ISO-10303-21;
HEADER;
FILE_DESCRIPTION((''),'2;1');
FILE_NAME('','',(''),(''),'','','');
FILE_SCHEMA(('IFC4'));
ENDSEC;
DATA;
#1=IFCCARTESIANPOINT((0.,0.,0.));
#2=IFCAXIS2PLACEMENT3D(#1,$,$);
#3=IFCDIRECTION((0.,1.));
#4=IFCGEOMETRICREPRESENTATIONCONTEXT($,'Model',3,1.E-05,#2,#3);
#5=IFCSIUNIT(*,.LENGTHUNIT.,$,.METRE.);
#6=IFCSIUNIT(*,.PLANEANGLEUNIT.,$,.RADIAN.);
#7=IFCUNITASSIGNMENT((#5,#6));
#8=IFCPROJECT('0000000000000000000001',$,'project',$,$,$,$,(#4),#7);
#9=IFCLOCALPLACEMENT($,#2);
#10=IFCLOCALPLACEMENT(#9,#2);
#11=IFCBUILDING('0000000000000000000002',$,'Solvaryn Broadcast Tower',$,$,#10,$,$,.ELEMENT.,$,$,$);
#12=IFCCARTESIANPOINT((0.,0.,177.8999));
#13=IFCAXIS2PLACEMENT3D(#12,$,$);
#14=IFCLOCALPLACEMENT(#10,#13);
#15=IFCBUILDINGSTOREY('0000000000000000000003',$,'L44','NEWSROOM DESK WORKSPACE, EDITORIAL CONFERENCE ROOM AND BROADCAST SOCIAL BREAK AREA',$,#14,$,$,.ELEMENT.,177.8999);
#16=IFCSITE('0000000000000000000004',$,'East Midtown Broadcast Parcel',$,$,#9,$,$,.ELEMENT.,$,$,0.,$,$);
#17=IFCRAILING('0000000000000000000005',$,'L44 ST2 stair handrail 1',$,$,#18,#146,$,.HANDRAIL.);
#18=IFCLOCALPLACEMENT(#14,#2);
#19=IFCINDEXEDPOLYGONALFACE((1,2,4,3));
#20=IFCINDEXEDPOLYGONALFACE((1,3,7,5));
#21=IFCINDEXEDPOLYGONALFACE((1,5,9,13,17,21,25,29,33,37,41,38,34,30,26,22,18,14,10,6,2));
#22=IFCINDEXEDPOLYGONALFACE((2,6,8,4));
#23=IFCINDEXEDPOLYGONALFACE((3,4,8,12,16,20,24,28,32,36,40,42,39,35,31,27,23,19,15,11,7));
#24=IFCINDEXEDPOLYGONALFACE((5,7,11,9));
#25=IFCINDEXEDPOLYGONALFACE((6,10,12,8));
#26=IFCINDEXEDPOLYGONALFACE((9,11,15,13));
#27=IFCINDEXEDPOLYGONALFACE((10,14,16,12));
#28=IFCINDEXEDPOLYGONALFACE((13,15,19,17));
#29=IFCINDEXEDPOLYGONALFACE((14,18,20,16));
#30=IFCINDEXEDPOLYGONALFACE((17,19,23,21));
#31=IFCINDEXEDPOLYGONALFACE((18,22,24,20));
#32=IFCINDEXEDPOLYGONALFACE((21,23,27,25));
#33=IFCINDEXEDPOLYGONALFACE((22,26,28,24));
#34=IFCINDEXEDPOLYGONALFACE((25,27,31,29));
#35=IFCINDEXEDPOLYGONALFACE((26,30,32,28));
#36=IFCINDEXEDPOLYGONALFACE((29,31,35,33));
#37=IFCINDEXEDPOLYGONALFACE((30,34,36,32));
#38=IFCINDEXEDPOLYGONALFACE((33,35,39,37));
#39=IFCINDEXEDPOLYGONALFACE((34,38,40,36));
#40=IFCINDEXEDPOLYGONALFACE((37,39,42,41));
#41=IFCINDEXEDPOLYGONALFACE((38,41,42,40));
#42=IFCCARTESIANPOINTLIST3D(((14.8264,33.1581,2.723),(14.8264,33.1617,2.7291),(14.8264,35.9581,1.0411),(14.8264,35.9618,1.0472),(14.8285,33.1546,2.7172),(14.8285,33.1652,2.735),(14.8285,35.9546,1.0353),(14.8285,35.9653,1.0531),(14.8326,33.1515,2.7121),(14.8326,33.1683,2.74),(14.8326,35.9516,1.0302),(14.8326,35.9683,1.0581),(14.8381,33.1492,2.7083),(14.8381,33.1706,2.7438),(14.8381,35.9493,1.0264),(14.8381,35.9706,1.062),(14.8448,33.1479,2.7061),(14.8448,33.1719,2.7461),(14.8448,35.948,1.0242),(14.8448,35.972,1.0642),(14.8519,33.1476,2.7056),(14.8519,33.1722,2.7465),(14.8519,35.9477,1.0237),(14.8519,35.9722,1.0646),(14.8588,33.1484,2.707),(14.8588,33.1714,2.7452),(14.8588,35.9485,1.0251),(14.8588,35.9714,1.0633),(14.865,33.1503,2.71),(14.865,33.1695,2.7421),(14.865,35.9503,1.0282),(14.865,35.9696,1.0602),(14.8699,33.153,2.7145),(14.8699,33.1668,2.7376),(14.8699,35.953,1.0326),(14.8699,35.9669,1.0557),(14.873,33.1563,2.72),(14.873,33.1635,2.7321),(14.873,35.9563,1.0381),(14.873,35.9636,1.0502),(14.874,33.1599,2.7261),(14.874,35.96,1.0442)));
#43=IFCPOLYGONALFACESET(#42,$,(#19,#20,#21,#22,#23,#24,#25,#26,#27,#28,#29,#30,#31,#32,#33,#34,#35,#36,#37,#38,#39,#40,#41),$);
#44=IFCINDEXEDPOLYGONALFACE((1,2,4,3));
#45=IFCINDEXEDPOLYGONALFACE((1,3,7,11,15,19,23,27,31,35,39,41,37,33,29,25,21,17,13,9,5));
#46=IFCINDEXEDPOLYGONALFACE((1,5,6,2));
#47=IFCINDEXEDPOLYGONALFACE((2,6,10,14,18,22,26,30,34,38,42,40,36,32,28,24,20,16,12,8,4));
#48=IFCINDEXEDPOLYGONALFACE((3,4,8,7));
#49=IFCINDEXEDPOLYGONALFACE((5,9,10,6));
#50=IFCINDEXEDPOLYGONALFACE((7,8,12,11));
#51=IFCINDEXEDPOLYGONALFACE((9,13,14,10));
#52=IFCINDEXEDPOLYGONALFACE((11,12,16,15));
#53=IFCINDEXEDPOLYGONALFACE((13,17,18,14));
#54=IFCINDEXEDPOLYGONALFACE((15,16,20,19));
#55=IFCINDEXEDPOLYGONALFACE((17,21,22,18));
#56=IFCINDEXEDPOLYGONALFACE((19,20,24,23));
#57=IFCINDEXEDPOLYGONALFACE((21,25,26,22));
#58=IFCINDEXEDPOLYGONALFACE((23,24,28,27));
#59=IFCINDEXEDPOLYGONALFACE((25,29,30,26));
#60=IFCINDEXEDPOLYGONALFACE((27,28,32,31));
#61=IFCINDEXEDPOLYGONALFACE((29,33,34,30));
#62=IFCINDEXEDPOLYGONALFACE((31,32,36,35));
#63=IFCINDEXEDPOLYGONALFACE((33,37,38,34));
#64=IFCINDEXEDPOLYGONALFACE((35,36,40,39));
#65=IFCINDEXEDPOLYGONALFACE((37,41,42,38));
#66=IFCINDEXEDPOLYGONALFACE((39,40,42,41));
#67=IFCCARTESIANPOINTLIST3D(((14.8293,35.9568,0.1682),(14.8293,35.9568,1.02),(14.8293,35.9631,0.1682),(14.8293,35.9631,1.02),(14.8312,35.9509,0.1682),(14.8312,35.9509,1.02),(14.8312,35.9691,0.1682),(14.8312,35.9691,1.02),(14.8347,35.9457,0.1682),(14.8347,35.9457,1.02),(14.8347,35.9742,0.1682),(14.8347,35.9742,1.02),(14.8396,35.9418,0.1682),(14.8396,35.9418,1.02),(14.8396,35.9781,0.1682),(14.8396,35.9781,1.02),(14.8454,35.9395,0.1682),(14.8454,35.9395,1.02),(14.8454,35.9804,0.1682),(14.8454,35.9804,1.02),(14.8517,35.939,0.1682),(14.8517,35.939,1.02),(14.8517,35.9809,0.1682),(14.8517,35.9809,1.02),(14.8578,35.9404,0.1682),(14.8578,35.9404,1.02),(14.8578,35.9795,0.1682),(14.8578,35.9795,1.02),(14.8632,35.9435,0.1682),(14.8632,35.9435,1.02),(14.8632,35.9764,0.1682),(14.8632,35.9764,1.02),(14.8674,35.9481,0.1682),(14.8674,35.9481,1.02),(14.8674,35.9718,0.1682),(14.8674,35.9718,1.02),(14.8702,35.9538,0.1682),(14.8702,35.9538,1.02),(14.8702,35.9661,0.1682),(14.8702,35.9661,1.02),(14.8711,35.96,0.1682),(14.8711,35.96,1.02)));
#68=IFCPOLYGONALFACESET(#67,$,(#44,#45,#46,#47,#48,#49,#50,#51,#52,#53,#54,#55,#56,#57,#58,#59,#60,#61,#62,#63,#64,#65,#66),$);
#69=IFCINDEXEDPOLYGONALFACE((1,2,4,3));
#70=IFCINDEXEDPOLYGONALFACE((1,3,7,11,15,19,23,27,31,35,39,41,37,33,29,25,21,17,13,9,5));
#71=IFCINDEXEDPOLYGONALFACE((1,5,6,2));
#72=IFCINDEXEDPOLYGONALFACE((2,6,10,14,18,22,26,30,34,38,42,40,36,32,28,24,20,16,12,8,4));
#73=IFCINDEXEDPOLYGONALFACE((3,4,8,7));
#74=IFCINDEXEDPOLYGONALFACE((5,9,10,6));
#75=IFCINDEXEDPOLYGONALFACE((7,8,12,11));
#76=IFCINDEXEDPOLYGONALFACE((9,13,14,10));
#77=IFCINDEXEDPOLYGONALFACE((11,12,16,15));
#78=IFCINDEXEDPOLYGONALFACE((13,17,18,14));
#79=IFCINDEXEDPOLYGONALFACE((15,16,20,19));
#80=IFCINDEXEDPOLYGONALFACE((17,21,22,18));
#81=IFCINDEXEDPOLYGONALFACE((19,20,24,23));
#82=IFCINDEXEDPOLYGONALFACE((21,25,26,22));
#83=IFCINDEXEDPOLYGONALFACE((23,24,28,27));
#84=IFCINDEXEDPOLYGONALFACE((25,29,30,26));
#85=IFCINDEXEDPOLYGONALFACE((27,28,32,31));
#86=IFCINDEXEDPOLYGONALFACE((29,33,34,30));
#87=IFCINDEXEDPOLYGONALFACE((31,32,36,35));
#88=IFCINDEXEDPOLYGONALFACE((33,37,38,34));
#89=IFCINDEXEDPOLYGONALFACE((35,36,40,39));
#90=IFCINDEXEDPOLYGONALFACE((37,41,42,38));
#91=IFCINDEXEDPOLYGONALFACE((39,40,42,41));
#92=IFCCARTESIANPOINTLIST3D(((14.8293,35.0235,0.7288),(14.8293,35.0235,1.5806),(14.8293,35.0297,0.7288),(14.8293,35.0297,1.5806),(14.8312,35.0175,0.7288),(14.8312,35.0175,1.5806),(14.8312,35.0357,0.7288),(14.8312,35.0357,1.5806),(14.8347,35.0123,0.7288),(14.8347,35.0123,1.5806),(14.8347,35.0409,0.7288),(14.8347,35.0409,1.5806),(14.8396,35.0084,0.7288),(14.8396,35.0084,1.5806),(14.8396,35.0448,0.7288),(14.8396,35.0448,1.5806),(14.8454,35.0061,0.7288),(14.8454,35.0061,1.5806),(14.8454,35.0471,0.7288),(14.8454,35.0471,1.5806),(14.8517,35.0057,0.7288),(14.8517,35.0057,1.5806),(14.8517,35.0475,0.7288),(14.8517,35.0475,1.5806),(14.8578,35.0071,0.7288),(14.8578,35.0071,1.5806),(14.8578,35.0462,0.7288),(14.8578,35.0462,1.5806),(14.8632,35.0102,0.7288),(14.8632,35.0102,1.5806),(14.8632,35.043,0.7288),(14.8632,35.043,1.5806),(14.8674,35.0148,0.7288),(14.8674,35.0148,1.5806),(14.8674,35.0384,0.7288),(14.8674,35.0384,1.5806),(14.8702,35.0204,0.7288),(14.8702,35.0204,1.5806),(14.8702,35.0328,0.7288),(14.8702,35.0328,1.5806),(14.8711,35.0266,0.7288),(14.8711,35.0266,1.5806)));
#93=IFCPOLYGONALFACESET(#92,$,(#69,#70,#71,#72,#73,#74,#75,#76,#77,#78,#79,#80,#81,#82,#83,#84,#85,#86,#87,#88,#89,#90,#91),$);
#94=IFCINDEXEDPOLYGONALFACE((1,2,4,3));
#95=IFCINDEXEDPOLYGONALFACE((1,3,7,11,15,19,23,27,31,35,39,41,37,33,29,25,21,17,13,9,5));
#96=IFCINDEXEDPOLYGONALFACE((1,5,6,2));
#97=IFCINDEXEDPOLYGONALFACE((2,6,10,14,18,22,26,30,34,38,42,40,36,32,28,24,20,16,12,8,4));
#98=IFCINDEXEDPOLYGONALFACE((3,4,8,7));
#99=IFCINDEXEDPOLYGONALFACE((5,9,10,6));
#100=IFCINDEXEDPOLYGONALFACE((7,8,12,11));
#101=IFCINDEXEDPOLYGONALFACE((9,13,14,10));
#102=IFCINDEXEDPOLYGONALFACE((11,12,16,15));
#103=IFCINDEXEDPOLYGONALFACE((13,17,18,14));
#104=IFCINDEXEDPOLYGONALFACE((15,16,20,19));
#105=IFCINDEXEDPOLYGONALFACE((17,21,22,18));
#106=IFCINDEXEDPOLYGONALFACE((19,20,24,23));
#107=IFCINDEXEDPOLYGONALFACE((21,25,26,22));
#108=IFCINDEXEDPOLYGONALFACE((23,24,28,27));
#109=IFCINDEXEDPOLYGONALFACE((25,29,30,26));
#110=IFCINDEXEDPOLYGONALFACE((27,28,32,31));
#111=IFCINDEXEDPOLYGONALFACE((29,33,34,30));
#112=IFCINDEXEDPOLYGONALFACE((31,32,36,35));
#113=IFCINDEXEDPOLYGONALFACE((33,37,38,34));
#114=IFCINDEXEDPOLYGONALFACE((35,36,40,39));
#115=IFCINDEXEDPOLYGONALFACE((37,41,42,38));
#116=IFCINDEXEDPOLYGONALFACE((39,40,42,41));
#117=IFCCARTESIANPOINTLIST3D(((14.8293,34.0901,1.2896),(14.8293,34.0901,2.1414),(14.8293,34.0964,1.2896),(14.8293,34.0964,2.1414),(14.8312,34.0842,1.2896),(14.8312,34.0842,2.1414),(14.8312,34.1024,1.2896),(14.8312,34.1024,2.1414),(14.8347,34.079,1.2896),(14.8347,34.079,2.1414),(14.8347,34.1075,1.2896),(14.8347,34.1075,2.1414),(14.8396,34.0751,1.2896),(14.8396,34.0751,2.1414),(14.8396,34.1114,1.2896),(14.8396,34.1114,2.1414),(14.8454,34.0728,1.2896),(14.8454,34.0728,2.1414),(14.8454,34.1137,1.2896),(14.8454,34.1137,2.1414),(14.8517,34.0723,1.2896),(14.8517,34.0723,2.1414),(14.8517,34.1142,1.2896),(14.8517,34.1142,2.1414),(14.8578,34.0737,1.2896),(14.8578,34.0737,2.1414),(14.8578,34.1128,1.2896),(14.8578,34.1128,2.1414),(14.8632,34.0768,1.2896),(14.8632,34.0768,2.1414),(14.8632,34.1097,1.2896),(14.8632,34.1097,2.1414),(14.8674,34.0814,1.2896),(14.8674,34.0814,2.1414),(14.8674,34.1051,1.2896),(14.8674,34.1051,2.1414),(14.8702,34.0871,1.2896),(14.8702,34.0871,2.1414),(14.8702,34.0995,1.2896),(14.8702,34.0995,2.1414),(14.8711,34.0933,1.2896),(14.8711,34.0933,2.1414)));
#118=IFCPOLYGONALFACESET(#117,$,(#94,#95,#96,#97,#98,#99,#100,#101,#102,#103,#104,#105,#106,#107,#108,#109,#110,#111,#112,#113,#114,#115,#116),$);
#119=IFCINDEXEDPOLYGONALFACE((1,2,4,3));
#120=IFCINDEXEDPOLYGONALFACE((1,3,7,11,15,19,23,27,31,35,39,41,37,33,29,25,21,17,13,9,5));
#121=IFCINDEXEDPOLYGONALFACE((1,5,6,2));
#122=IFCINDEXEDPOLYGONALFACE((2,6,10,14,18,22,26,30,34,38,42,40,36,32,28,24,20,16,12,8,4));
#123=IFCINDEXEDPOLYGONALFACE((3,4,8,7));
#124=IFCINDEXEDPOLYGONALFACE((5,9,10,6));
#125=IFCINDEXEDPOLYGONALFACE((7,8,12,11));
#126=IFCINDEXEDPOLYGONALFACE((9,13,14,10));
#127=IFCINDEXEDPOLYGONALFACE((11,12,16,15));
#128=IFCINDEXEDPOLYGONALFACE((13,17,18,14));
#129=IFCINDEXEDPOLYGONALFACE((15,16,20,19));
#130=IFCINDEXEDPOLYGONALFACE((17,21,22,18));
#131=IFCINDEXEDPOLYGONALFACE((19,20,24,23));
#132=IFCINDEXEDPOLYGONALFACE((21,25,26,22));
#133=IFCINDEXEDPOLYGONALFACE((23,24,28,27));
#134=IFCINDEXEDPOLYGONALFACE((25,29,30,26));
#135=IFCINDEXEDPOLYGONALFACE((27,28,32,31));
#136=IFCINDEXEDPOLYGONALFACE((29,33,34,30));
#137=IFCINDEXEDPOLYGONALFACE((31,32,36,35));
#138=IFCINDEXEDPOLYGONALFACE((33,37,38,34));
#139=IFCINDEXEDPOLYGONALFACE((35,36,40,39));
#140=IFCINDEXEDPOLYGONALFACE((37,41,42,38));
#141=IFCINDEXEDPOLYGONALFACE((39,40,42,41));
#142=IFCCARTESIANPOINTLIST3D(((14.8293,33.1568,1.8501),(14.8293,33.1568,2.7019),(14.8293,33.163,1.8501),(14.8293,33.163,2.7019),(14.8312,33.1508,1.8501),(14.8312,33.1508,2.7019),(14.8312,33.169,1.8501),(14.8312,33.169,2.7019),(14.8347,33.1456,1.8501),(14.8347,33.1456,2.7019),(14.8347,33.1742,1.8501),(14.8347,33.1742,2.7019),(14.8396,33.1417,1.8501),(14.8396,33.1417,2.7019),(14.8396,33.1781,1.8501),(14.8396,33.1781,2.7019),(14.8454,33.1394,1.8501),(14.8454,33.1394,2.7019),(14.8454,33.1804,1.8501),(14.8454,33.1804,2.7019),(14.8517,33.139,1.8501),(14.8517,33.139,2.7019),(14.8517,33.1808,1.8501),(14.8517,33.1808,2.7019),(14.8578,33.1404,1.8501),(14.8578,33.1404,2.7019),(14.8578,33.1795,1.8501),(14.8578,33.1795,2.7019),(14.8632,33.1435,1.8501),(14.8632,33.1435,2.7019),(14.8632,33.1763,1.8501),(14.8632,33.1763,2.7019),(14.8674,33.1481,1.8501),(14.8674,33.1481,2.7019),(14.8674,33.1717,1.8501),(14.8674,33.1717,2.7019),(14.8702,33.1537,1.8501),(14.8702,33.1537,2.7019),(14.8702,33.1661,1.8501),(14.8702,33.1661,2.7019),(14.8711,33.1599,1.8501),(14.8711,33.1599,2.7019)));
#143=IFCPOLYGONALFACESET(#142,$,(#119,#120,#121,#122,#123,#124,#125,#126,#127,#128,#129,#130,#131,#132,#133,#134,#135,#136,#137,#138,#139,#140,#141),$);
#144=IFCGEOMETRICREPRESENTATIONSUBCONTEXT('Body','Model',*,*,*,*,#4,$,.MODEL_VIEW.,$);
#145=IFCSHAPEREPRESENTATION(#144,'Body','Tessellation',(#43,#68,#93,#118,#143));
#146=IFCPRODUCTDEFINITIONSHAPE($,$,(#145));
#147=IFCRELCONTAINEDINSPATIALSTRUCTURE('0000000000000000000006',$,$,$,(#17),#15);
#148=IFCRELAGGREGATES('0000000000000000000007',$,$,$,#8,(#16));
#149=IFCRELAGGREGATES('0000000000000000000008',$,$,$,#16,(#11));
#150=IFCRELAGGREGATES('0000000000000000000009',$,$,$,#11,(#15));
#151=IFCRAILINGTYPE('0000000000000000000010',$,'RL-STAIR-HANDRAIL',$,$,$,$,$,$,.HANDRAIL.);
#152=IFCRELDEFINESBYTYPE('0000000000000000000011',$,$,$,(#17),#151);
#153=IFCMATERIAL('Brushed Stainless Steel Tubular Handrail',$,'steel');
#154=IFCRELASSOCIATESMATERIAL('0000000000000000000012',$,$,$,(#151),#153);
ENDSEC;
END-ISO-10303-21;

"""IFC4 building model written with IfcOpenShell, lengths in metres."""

from ifc_helpers import new_model, si_unit, direction, frame, origin, origin_2d, place, context, subcontext, project, spatial, circle, extrude, material, type_object, element, save


model = new_model("IFC4")

# Units and contexts
model_context = context("Model", 3, precision=1e-05, world=origin(), true_north=direction((0.0, 1.0)))
body_context = subcontext(model_context, "Body", "Model", "MODEL_VIEW")
ifc_project = project(units=[si_unit("LENGTHUNIT", "METRE"), si_unit("PLANEANGLEUNIT", "RADIAN")], contexts=[model_context])

# Site, building, storey
site_placement = place(None, origin())
site = spatial("IfcSite", under=ifc_project, at=site_placement, Name="East Midtown Broadcast Parcel", CompositionType="ELEMENT", RefElevation=0.0)
building_placement = place(site_placement, origin())
building = spatial("IfcBuilding", under=site, at=building_placement, Name="Solvaryn Broadcast Tower", CompositionType="ELEMENT")
storey_placement = place(building_placement, frame((0.0, 0.0, 177.8999)))
storey = spatial("IfcBuildingStorey", under=building, at=storey_placement, Name="L44", Description="NEWSROOM DESK WORKSPACE, EDITORIAL CONFERENCE ROOM AND BROADCAST SOCIAL BREAK AREA", CompositionType="ELEMENT", Elevation=177.8999)

# Railing
ifc_material_1 = material(Name="Brushed Stainless Steel Tubular Handrail", Category="steel")
railing_type_1 = type_object("IfcRailingType", Name="RL-STAIR-HANDRAIL", PredefinedType="HANDRAIL", material=ifc_material_1)
railing_1_placement = place(storey_placement, frame((14.8501, 35.96, 0.1682)))
element("IfcRailing", 1, at=railing_1_placement, inside=storey, type_object=railing_type_1, Name="L44 ST2 stair handrail 1", PredefinedType="HANDRAIL", context=body_context, shape_type="SweptSolid", body=[
    extrude(circle(Radius=0.0239, at=origin_2d()), frame((0.0, 0.0, 0.876), z_axis=(0.0, -0.857242, 0.514913), x_axis=(1.0, 0.0, 0.0)), (0.0, 0.0, 1.0), 3.2664),
    extrude(circle(Radius=0.021, at=origin_2d()), origin(), (0.0, 0.0, 1.0), 0.8518),
    extrude(circle(Radius=0.021, at=origin_2d()), frame((0.0, -0.9333, 0.5605)), (0.0, 0.0, 1.0), 0.8518),
    extrude(circle(Radius=0.021, at=origin_2d()), frame((0.0, -1.8667, 1.1213)), (0.0, 0.0, 1.0), 0.8518),
    extrude(circle(Radius=0.021, at=origin_2d()), frame((0.0, -2.8, 1.6819)), (0.0, 0.0, 1.0), 0.8518),
])

save(model, "model.ifc")
